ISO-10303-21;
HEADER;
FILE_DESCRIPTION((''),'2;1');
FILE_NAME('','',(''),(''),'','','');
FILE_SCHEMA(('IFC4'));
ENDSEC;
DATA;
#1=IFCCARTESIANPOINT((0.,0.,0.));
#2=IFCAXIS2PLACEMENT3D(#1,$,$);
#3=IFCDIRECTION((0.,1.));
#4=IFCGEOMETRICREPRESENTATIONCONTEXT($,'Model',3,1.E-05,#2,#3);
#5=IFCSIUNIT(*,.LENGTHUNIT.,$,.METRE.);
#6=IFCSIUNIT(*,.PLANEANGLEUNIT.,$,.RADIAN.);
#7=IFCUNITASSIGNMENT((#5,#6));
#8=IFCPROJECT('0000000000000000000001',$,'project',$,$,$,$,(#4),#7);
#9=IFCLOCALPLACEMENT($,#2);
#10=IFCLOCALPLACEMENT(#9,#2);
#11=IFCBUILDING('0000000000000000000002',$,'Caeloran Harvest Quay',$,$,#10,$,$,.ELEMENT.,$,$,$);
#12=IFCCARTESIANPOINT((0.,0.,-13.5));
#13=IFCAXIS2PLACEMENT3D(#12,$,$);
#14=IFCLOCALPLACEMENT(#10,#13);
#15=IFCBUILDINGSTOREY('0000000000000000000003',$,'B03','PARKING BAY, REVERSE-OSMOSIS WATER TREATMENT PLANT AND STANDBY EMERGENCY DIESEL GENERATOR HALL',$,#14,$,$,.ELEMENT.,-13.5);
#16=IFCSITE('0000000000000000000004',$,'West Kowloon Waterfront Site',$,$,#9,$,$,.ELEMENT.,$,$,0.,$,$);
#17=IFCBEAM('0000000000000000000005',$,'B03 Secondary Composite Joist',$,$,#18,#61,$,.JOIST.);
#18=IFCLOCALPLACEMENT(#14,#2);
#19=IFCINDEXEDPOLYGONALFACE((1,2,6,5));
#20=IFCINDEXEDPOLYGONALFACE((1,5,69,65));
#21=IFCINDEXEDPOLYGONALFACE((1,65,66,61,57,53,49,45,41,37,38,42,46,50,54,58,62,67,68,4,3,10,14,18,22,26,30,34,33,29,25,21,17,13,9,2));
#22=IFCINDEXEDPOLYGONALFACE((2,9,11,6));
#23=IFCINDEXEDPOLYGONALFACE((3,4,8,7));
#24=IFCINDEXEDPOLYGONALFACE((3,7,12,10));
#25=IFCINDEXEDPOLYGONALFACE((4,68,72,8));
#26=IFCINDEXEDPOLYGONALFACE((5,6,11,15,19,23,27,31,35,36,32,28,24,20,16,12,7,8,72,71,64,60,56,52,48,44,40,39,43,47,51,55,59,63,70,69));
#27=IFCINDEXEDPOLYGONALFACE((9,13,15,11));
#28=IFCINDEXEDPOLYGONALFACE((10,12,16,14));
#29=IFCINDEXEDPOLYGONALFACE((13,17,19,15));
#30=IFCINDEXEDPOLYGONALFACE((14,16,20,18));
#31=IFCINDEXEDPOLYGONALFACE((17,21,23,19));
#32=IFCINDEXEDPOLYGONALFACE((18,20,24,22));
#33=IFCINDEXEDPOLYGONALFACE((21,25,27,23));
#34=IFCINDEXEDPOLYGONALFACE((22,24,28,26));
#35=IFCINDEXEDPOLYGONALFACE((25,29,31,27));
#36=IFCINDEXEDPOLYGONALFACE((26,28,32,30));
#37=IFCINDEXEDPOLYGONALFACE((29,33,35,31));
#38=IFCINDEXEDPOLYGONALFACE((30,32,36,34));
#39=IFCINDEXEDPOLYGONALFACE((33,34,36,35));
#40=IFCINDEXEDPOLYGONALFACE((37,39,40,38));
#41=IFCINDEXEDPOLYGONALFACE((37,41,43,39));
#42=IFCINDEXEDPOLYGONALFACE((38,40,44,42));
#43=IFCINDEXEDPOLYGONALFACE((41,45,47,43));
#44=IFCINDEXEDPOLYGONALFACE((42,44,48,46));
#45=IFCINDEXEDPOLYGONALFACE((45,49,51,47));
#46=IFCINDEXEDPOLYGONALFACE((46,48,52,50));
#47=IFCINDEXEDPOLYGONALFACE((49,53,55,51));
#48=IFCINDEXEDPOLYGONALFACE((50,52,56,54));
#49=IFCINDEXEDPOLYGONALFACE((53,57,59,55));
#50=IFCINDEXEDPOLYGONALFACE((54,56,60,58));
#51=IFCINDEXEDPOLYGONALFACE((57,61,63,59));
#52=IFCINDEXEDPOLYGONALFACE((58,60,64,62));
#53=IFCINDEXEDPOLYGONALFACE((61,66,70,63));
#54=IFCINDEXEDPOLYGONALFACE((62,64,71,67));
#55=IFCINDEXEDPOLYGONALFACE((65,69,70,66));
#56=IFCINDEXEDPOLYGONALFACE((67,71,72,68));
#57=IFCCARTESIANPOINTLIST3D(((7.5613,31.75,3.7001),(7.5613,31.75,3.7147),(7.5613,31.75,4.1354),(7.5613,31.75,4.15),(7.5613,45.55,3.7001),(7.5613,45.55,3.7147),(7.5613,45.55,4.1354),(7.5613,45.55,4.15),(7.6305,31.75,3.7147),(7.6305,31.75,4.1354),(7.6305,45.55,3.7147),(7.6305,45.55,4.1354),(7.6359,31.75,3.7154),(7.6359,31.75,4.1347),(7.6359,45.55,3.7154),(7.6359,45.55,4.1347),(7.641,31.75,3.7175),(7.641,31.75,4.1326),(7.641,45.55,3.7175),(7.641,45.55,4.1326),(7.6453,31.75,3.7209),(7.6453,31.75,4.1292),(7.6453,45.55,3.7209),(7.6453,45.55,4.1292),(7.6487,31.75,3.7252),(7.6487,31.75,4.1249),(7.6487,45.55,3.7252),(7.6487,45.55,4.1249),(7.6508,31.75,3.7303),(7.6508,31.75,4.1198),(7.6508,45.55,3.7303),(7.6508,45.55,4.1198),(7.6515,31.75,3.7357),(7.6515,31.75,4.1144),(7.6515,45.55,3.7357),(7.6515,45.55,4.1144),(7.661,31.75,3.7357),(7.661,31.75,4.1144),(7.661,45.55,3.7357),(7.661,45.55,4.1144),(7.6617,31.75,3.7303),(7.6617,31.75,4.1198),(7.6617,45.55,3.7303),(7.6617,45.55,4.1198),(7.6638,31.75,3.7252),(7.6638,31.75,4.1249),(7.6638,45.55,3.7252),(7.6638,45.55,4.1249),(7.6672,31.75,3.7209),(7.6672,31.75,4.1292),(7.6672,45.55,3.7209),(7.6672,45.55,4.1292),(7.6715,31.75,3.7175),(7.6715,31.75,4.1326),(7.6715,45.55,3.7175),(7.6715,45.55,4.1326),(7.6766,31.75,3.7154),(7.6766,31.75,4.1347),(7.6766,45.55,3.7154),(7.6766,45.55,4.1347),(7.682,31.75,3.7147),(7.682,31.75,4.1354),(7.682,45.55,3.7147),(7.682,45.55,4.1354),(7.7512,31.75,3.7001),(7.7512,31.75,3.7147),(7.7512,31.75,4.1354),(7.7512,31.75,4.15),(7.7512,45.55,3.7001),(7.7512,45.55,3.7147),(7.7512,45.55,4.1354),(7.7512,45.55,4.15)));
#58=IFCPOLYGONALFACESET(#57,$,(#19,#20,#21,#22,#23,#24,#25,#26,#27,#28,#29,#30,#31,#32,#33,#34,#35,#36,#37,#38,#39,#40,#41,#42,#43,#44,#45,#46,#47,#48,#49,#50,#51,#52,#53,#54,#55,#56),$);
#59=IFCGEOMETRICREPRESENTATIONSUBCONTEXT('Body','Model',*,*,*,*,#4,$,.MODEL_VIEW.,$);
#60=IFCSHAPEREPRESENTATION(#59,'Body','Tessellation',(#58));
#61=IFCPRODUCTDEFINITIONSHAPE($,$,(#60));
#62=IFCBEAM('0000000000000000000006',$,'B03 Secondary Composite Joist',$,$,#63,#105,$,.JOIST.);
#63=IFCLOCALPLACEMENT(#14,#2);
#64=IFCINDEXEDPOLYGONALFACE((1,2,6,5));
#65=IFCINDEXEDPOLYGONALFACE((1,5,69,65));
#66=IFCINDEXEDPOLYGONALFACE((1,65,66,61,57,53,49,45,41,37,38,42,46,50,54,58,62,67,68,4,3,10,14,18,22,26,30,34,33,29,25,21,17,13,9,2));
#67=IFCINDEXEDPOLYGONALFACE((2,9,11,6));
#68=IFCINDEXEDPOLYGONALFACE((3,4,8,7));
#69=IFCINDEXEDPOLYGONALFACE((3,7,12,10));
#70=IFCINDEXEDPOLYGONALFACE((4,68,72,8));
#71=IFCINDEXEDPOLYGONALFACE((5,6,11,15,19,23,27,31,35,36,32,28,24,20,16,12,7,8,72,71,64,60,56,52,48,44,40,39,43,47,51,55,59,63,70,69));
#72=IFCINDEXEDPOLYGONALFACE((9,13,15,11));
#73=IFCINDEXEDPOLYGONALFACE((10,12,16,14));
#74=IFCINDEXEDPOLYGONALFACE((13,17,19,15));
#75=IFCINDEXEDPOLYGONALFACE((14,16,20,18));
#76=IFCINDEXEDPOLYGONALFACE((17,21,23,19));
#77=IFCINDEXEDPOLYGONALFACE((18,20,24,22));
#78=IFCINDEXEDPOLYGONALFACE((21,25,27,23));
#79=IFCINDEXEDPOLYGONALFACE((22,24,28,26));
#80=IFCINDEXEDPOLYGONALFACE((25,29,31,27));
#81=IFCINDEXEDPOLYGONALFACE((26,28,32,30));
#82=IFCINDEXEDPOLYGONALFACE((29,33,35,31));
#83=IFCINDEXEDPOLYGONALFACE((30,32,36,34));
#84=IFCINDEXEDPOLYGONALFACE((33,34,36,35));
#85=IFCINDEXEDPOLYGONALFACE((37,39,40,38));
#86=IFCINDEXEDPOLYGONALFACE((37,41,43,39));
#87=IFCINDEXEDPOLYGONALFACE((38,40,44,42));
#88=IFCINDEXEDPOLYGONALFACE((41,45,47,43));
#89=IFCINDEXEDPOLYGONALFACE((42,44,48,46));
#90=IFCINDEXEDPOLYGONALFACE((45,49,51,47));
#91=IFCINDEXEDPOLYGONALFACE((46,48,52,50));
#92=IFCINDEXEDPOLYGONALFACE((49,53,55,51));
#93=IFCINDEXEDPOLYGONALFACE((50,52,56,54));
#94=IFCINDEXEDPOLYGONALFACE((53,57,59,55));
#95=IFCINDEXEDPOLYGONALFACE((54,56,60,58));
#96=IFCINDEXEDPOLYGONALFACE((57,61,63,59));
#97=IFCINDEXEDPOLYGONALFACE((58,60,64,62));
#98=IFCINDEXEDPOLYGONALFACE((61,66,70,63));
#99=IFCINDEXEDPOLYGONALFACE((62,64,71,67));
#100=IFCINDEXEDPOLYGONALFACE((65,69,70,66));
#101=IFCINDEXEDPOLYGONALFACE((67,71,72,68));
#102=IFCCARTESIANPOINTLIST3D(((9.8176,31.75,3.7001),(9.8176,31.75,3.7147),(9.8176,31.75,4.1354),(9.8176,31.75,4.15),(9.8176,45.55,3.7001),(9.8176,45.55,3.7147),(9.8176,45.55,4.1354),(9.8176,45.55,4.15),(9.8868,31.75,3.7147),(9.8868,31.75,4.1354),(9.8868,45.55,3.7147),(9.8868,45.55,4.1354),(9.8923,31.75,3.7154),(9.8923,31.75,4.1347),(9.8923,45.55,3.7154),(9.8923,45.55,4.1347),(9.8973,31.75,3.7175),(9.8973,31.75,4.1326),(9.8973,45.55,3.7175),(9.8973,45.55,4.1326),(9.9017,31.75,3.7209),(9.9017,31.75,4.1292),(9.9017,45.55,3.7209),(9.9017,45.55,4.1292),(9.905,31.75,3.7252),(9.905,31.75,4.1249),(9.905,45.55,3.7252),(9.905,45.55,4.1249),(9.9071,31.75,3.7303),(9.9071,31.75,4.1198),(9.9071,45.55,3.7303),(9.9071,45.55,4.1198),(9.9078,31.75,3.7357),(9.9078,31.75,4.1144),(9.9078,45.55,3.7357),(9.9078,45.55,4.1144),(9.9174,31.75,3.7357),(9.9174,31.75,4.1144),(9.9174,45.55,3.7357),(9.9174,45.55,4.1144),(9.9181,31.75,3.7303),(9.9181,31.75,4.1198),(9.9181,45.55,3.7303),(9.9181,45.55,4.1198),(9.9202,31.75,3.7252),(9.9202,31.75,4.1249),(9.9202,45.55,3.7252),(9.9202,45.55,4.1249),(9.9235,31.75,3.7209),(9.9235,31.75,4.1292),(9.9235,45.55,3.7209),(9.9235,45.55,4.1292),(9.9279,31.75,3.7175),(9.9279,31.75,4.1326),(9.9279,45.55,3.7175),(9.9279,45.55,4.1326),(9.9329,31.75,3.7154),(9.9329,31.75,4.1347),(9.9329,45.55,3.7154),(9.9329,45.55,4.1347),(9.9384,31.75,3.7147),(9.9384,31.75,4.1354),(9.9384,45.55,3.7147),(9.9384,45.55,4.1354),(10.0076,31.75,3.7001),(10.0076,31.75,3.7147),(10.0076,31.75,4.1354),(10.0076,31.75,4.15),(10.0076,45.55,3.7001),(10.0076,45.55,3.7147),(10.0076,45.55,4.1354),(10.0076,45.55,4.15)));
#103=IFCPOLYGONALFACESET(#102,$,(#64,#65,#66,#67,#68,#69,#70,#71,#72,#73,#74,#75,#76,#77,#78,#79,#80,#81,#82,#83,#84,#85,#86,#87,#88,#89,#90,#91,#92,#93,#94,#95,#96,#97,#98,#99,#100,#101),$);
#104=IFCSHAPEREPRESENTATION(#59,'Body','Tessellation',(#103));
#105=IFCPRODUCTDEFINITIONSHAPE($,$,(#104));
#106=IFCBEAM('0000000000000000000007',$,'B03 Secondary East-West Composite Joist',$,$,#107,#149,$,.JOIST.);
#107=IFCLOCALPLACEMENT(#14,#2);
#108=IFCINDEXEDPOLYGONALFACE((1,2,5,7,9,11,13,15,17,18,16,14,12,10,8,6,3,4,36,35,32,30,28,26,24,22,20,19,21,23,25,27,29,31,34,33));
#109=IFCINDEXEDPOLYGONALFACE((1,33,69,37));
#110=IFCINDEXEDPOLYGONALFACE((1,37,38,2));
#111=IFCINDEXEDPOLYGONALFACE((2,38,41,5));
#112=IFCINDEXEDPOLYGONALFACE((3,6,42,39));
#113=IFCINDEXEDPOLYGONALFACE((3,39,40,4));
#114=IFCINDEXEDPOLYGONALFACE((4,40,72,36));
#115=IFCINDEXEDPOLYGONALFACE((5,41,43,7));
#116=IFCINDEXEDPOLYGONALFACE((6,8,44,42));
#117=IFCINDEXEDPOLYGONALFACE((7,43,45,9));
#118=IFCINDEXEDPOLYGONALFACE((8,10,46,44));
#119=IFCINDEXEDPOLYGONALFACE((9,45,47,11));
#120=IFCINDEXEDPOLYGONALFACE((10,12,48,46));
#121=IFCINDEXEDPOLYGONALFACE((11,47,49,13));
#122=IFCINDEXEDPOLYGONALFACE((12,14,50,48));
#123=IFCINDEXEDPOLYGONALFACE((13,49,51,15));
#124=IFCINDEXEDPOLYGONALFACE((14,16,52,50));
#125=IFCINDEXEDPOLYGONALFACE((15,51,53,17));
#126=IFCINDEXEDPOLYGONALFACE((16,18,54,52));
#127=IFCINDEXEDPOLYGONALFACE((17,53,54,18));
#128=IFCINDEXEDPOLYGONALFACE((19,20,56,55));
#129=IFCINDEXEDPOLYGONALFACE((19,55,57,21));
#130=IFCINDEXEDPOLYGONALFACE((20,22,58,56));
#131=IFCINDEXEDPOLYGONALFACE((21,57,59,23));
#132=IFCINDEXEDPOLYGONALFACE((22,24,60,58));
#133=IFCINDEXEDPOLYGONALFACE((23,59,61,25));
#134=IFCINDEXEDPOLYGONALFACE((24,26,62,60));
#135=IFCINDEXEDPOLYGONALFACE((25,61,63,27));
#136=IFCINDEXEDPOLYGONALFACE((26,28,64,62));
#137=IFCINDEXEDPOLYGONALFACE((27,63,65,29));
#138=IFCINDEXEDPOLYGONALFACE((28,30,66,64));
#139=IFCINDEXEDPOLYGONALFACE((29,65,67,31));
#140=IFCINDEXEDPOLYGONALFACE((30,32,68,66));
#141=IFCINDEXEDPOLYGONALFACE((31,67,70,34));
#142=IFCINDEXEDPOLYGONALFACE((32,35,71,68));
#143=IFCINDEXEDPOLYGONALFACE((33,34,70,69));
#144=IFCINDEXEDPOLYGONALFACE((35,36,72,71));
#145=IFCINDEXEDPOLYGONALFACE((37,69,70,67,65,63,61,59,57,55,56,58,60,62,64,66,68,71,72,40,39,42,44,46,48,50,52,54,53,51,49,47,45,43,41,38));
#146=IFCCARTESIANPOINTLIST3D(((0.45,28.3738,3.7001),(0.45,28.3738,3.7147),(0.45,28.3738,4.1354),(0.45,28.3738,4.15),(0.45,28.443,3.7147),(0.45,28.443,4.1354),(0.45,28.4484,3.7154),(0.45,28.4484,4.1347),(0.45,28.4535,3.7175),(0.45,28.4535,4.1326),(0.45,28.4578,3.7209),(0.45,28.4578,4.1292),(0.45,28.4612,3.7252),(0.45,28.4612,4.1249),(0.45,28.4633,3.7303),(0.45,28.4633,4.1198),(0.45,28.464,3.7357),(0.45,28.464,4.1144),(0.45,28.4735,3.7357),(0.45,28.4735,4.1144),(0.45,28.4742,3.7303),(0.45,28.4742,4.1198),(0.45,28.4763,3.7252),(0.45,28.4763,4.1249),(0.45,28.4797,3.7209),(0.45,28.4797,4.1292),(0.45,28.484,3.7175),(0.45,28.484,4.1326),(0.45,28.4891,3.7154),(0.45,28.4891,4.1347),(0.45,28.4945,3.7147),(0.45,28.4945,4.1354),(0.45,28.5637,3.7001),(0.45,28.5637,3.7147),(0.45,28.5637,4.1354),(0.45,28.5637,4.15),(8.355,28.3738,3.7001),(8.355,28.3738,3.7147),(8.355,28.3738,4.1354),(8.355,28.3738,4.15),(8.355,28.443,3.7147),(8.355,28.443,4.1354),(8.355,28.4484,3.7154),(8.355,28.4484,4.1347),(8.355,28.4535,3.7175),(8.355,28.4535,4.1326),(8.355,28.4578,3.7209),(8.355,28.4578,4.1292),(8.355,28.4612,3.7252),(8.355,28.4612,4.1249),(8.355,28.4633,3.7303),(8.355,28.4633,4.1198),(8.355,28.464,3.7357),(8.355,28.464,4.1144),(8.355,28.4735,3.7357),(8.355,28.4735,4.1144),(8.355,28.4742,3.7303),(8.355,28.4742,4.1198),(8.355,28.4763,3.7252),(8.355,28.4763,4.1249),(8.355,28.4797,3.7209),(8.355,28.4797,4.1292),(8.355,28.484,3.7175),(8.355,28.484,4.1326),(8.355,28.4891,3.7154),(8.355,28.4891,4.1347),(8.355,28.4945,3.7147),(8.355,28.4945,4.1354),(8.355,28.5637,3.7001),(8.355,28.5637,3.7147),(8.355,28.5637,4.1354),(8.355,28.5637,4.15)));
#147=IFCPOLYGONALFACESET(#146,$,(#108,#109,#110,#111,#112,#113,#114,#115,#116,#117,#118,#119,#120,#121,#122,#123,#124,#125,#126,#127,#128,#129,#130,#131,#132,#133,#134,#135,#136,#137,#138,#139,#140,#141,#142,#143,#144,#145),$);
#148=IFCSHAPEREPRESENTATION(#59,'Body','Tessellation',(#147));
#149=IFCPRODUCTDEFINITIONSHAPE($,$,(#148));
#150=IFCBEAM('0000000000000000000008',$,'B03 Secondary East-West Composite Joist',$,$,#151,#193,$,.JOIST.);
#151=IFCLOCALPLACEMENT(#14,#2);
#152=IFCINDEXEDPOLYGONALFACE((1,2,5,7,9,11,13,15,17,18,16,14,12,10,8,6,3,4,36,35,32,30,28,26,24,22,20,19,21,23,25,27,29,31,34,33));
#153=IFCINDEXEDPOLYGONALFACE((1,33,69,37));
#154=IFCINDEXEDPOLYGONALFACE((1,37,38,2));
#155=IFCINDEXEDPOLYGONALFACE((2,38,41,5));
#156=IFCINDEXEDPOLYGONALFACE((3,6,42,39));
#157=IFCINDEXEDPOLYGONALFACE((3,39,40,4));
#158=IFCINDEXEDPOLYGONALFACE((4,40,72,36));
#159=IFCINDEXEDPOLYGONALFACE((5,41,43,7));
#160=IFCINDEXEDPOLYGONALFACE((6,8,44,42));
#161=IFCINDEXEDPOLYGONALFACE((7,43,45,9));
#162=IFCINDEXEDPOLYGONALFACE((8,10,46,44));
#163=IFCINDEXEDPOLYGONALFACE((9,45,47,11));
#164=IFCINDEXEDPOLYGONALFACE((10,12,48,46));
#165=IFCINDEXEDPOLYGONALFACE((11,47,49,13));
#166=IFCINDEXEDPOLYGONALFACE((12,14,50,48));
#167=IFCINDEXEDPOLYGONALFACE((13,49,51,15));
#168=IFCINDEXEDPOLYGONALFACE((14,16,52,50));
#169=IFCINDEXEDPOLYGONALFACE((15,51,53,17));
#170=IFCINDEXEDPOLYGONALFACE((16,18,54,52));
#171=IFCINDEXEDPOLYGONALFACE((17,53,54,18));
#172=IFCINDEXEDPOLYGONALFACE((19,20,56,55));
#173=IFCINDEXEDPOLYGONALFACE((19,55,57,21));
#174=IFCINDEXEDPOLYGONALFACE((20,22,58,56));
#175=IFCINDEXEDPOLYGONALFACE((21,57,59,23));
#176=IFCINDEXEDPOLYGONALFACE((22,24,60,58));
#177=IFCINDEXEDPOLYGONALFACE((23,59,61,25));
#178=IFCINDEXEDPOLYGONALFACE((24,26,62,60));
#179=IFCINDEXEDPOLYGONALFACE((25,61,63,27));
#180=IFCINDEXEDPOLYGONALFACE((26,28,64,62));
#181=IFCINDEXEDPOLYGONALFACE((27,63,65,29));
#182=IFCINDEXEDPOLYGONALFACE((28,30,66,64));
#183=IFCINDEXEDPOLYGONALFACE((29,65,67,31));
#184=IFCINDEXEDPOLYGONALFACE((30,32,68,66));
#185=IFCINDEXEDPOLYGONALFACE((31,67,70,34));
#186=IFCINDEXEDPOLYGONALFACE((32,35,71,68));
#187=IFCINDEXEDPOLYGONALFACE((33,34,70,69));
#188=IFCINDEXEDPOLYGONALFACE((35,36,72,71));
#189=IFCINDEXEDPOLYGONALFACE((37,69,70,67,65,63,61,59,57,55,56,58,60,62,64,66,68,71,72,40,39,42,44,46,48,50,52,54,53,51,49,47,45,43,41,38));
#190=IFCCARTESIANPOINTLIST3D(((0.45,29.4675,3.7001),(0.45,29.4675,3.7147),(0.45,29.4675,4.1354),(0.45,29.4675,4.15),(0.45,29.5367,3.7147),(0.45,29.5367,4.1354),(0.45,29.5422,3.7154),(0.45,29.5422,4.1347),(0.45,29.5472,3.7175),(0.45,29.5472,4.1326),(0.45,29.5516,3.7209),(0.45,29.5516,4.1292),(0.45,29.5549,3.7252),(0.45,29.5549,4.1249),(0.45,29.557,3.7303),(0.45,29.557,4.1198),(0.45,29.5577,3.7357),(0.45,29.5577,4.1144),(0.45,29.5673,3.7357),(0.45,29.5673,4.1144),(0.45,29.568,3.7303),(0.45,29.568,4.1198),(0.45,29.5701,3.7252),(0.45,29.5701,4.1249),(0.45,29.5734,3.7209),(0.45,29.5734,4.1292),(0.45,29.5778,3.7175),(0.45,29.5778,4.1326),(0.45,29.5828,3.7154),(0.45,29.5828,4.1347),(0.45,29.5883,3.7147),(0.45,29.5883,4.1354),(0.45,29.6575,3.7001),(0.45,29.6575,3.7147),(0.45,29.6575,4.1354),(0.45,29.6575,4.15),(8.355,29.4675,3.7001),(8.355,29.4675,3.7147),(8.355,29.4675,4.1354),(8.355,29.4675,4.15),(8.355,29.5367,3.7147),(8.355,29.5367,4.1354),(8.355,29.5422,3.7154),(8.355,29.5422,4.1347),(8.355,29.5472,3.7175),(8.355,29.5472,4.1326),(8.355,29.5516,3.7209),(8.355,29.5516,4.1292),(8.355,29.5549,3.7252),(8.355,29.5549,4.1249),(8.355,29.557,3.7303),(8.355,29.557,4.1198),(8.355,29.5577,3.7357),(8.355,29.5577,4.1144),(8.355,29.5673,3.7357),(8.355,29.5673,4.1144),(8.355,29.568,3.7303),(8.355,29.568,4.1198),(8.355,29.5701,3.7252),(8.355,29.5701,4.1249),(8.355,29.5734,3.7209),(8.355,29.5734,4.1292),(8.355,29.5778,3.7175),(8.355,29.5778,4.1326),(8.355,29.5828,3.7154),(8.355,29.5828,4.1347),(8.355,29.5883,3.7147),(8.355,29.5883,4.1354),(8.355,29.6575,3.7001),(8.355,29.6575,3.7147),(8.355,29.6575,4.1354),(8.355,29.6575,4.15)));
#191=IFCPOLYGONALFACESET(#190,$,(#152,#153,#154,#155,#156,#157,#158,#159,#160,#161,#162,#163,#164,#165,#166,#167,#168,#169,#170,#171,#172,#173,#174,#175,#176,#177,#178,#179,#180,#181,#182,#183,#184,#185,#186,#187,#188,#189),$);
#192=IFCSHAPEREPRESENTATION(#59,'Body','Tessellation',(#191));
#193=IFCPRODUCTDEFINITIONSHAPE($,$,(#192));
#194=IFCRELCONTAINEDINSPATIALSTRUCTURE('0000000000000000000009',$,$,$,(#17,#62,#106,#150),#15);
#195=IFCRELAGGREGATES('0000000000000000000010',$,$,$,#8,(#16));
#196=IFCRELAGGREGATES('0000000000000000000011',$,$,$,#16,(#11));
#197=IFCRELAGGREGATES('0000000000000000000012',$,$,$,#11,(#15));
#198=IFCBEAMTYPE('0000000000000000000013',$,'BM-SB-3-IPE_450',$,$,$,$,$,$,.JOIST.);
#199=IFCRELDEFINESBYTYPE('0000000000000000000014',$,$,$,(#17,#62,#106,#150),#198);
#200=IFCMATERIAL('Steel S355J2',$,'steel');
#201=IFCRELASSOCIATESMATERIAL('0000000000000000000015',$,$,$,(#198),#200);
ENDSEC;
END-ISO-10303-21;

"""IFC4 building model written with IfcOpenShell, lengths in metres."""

from ifc_helpers import new_model, si_unit, direction, frame, origin, origin_2d, place, context, subcontext, project, spatial, i_section, extrude, material, material_profile, profile_set, type_object, element, save


model = new_model("IFC4")

# Units and contexts
model_context = context("Model", 3, precision=1e-05, world=origin(), true_north=direction((0.0, 1.0)))
body_context = subcontext(model_context, "Body", "Model", "MODEL_VIEW")
ifc_project = project(units=[si_unit("LENGTHUNIT", "METRE"), si_unit("PLANEANGLEUNIT", "RADIAN")], contexts=[model_context])

# Site, building, storey
site_placement = place(None, origin())
site = spatial("IfcSite", under=ifc_project, at=site_placement, Name="West Kowloon Waterfront Site", CompositionType="ELEMENT", RefElevation=0.0)
building_placement = place(site_placement, origin())
building = spatial("IfcBuilding", under=site, at=building_placement, Name="Caeloran Harvest Quay", CompositionType="ELEMENT")
storey_placement = place(building_placement, frame((0.0, 0.0, -13.5)))
storey = spatial("IfcBuildingStorey", under=building, at=storey_placement, Name="B03", Description="PARKING BAY, REVERSE-OSMOSIS WATER TREATMENT PLANT AND STANDBY EMERGENCY DIESEL GENERATOR HALL", CompositionType="ELEMENT", Elevation=-13.5)

# Beams
ifc_material_1 = material(Name="Steel S355J2", Category="steel")
ifc_material_profile_1 = material_profile(ifc_material_1, i_section(OverallWidth=0.1899, OverallDepth=0.45, WebThickness=0.0095, FlangeThickness=0.0146, FilletRadius=0.021, at=origin_2d()), Name="IPE 450")
ifc_profile_set_1 = profile_set([ifc_material_profile_1], Name="Steel S355J2")
beam_type_1 = type_object("IfcBeamType", Name="BM-SB-3-IPE_450", PredefinedType="JOIST", material=ifc_profile_set_1)
for number, where, z_axis, x_axis, name in (
    (1, (7.6562, 31.75, 3.925), (0.0, 1.0, 0.0), (-1.0, 0.0, 0.0), "B03 Secondary Composite Joist"),
    (2, (9.9126, 31.75, 3.925), (0.0, 1.0, 0.0), (-1.0, 0.0, 0.0), "B03 Secondary Composite Joist"),
):
    element("IfcBeam", number, at=place(storey_placement, frame(where, z_axis=z_axis, x_axis=x_axis)), inside=storey, type_object=beam_type_1, Name=name, PredefinedType="JOIST", context=body_context, shape_type="SweptSolid", body=[
        extrude(i_section(OverallWidth=0.1899, OverallDepth=0.45, WebThickness=0.0095, FlangeThickness=0.0146, FilletRadius=0.021, at=origin_2d()), origin(), (0.0, 0.0, 1.0), 13.8),
    ])
for number, where, z_axis, x_axis, name in (
    (3, (0.45, 28.4688, 3.925), (1.0, 0.0, 0.0), (0.0, 1.0, 0.0), "B03 Secondary East-West Composite Joist"),
    (4, (0.45, 29.5625, 3.925), (1.0, 0.0, 0.0), (0.0, 1.0, 0.0), "B03 Secondary East-West Composite Joist"),
):
    element("IfcBeam", number, at=place(storey_placement, frame(where, z_axis=z_axis, x_axis=x_axis)), inside=storey, type_object=beam_type_1, Name=name, PredefinedType="JOIST", context=body_context, shape_type="SweptSolid", body=[
        extrude(i_section(OverallWidth=0.1899, OverallDepth=0.45, WebThickness=0.0095, FlangeThickness=0.0146, FilletRadius=0.021, at=origin_2d()), origin(), (0.0, 0.0, 1.0), 7.905),
    ])

save(model, "model.ifc")
